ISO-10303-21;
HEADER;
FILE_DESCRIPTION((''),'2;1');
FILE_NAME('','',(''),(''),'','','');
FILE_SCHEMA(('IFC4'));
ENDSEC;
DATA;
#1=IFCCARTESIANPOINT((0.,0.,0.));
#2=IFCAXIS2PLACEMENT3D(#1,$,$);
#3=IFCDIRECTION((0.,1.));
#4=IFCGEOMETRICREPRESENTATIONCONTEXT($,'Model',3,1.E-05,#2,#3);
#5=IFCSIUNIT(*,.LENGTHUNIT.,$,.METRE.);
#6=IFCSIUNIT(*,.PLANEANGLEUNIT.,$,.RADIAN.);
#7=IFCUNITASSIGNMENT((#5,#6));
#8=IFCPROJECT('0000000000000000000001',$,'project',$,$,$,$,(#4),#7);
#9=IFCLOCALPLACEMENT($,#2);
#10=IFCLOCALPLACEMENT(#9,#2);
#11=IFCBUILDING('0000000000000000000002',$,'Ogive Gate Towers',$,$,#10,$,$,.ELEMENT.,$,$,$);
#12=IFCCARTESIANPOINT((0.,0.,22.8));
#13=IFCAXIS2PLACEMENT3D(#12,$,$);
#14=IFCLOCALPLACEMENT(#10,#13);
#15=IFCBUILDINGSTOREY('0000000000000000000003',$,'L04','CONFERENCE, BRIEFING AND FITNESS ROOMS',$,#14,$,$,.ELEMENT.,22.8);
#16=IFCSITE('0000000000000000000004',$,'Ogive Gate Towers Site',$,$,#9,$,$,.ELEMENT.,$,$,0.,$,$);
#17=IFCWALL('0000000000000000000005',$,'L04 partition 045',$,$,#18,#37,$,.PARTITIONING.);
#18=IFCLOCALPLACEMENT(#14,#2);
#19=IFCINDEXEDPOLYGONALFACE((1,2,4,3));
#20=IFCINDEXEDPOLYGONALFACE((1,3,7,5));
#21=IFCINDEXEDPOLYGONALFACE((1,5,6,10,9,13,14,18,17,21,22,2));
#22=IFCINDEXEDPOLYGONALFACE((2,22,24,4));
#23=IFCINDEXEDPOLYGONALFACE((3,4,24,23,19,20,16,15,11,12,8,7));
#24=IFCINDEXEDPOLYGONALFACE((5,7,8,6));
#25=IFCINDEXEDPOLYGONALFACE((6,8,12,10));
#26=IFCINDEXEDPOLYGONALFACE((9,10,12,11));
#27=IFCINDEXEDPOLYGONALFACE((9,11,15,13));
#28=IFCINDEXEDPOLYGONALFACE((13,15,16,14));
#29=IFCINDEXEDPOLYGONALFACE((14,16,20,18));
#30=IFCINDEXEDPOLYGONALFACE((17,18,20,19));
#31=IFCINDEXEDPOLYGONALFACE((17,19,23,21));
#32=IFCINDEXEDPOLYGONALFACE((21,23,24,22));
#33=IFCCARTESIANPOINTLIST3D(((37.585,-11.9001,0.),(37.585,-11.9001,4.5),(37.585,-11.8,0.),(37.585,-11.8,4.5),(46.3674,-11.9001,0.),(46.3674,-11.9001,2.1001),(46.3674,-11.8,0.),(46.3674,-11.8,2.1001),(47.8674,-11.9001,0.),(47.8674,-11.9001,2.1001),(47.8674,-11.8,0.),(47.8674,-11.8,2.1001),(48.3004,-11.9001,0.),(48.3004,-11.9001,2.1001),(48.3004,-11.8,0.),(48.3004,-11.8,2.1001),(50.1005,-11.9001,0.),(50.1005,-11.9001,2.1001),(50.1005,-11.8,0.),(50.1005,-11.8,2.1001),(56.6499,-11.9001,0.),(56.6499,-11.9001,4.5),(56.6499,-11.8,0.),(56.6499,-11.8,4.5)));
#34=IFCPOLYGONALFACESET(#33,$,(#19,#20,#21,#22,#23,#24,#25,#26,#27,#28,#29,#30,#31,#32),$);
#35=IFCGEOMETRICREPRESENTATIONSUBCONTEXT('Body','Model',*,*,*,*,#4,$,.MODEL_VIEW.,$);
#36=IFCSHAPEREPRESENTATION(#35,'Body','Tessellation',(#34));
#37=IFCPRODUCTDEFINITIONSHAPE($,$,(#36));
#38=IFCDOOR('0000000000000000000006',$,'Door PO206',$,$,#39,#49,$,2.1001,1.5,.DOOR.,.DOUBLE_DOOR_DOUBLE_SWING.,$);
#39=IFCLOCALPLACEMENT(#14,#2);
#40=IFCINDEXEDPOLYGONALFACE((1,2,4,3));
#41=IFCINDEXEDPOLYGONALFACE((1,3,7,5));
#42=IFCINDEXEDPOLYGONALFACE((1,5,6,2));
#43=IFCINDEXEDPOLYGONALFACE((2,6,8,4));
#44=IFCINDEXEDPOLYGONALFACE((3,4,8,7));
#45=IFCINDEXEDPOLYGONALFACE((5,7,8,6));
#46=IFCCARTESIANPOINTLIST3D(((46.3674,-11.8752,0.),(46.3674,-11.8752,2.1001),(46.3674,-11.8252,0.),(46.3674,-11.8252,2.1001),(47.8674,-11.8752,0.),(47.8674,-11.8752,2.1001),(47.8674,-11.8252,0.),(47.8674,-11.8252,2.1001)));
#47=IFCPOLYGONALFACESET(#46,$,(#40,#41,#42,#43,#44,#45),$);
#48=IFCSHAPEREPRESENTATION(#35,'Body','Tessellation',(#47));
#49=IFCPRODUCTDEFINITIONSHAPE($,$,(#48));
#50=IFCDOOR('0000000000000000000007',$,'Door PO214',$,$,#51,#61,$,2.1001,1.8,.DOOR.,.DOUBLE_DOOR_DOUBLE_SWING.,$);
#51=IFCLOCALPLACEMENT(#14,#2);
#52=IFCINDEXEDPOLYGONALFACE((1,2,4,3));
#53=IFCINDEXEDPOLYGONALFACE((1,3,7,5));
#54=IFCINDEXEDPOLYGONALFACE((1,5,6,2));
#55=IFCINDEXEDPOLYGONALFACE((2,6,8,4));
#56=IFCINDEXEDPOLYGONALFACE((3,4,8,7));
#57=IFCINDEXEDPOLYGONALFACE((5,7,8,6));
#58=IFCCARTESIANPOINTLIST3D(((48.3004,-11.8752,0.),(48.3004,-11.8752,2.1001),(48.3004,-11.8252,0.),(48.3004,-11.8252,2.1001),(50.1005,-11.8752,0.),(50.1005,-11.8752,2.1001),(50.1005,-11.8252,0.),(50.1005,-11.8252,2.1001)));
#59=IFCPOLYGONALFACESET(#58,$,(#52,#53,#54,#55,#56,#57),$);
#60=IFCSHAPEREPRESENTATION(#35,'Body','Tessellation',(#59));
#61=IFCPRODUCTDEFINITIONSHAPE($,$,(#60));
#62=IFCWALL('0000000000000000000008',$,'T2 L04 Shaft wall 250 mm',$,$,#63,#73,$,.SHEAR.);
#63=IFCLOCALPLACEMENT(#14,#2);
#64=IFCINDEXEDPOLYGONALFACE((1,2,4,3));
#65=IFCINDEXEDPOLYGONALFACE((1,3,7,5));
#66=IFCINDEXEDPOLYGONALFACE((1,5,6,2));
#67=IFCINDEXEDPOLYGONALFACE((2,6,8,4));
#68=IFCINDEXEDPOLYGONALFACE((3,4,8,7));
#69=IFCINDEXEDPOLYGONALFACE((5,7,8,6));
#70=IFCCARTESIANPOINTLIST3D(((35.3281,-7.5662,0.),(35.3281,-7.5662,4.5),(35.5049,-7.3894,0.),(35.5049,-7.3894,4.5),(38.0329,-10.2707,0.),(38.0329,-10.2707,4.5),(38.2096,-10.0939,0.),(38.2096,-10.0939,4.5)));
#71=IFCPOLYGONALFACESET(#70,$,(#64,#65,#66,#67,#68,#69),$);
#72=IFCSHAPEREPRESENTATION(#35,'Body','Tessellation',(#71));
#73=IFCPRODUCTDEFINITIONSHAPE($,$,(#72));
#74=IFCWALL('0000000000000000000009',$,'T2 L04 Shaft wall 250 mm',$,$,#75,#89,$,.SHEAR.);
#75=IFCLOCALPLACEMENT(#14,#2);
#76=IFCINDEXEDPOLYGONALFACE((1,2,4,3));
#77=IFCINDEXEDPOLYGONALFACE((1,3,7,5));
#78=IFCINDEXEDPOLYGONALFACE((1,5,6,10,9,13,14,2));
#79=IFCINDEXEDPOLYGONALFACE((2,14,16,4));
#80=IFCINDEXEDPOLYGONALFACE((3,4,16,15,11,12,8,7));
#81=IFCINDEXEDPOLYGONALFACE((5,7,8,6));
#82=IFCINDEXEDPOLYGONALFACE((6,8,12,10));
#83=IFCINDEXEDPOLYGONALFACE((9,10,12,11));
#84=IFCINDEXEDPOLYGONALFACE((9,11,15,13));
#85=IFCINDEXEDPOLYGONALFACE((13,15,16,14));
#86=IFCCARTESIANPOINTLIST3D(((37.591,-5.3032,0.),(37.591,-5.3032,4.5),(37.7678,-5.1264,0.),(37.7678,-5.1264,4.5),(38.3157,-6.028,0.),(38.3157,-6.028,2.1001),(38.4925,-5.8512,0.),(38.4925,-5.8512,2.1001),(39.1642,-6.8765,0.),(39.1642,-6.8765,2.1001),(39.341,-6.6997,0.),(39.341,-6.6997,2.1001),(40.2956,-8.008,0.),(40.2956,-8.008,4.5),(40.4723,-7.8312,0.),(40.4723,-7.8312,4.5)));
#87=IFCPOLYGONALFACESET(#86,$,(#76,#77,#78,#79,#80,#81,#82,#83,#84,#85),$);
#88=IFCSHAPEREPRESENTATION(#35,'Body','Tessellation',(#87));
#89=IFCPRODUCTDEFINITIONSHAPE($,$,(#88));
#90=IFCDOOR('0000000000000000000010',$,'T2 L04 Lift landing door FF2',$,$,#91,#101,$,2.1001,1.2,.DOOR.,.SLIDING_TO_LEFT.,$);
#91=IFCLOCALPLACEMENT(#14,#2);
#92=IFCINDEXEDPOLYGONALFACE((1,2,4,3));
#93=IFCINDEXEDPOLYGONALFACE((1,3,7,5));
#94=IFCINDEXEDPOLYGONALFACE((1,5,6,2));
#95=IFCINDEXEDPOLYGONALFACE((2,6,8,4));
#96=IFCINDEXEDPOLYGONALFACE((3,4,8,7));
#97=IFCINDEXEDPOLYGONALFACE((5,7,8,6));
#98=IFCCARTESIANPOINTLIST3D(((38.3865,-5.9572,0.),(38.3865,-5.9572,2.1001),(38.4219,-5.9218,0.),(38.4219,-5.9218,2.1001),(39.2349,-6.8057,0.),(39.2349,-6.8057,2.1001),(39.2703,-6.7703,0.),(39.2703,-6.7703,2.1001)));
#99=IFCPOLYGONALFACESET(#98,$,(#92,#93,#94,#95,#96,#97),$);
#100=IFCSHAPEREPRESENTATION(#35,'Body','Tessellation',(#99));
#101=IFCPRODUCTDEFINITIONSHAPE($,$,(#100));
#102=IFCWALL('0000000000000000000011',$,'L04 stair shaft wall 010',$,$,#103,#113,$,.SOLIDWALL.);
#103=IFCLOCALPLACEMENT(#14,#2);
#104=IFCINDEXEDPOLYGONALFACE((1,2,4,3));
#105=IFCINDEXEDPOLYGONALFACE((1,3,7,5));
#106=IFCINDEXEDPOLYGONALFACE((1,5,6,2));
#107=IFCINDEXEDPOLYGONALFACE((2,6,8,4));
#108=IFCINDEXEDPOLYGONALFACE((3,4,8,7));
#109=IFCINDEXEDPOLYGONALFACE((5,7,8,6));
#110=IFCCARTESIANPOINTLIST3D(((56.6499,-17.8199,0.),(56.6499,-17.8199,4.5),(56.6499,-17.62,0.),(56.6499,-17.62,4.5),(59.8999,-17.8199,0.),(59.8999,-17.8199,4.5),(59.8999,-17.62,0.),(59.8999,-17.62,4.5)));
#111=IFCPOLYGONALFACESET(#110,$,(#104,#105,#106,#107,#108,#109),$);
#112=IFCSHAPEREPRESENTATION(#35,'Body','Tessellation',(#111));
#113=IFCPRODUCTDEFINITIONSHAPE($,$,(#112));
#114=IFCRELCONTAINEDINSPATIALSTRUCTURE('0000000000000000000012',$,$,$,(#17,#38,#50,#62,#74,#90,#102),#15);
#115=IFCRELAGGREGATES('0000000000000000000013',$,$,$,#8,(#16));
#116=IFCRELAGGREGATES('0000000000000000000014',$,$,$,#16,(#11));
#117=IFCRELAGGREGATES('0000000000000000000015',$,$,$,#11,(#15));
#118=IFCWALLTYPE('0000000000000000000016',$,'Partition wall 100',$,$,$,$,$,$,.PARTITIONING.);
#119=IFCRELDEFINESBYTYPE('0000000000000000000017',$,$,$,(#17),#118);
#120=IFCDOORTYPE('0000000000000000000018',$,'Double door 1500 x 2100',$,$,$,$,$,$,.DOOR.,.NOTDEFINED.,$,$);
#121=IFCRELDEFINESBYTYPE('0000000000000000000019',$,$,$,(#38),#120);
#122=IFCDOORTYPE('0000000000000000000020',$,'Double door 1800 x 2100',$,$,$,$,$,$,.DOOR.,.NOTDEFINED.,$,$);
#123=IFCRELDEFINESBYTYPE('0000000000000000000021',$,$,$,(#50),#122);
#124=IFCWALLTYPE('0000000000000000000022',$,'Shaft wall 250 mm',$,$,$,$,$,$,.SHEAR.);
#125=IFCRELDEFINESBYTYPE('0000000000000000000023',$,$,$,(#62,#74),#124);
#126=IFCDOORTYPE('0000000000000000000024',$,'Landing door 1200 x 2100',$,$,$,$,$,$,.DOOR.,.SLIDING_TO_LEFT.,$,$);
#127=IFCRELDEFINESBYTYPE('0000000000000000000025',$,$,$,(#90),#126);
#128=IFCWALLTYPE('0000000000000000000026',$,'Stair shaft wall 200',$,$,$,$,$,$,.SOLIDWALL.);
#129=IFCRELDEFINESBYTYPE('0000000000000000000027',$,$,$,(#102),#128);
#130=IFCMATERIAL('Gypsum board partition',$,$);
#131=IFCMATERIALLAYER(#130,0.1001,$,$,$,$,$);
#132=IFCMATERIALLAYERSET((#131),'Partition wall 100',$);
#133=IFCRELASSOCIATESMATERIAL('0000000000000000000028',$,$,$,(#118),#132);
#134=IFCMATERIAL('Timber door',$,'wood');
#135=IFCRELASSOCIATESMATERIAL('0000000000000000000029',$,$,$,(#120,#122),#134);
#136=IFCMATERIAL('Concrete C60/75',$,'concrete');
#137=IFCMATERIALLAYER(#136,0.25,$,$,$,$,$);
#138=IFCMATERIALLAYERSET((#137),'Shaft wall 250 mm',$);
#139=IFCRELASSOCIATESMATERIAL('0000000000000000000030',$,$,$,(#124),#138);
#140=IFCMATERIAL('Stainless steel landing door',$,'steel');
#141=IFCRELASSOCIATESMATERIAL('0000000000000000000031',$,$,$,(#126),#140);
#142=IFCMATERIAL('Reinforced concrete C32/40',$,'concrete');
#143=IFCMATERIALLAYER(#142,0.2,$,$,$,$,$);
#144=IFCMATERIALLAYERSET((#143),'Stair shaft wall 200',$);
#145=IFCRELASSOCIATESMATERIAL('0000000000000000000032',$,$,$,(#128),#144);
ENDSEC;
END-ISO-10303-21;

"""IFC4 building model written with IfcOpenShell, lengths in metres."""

from ifc_helpers import new_model, si_unit, direction, frame, frame_2d, origin, place, context, subcontext, project, spatial, rectangle, extrude, material, layer, layer_set, type_object, element, fill, save


model = new_model("IFC4")

# Units and contexts
model_context = context("Model", 3, precision=1e-05, world=origin(), true_north=direction((0.0, 1.0)))
body_context = subcontext(model_context, "Body", "Model", "MODEL_VIEW")
ifc_project = project(units=[si_unit("LENGTHUNIT", "METRE"), si_unit("PLANEANGLEUNIT", "RADIAN")], contexts=[model_context])

# Site, building, storey
site_placement = place(None, origin())
site = spatial("IfcSite", under=ifc_project, at=site_placement, Name="Ogive Gate Towers Site", CompositionType="ELEMENT", RefElevation=0.0)
building_placement = place(site_placement, origin())
building = spatial("IfcBuilding", under=site, at=building_placement, Name="Ogive Gate Towers", CompositionType="ELEMENT")
storey_placement = place(building_placement, frame((0.0, 0.0, 22.8)))
storey = spatial("IfcBuildingStorey", under=building, at=storey_placement, Name="L04", Description="CONFERENCE, BRIEFING AND FITNESS ROOMS", CompositionType="ELEMENT", Elevation=22.8)

# Shared definitions
ifc_material_1 = material(Name="Gypsum board partition")
ifc_layer_1 = layer(ifc_material_1, 0.1001)
ifc_layer_set_1 = layer_set([ifc_layer_1], Name="Partition wall 100")
wall_type_1 = type_object("IfcWallType", Name="Partition wall 100", PredefinedType="PARTITIONING", material=ifc_layer_set_1)
ifc_material_2 = material(Name="Timber door", Category="wood")

# Wall, openings, doors
wall_1_placement = place(storey_placement, frame((37.585, -11.8501, 0.0), z_axis=(0.0, 0.0, 1.0), x_axis=(1.0, 0.0, 0.0)))
wall_1 = element("IfcWall", 1, at=wall_1_placement, inside=storey, type_object=wall_type_1, Name="L04 partition 045", PredefinedType="PARTITIONING", context=body_context, shape_type="SweptSolid", body=[
    extrude(rectangle(XDim=19.0649, YDim=0.1001, at=frame_2d((9.5325, 0.0))), origin(), (0.0, 0.0, 1.0), 4.5),
])
opening_1_placement = place(wall_1_placement, frame((8.7825, 0.0, 0.0)))
opening_1 = element("IfcOpeningElement", 2, at=opening_1_placement, cuts=wall_1, PredefinedType="OPENING", context=body_context, shape_type="SweptSolid", body=[
    extrude(rectangle(XDim=1.5, YDim=2.1001, at=frame_2d((0.75, 1.05))), frame((0.0, 0.0601, 0.0), z_axis=(0.0, -1.0, 0.0), x_axis=(1.0, 0.0, 0.0)), (0.0, 0.0, 1.0), 0.1201),
])
opening_2_placement = place(wall_1_placement, frame((10.7156, 0.0, 0.0)))
opening_2 = element("IfcOpeningElement", 3, at=opening_2_placement, cuts=wall_1, PredefinedType="OPENING", context=body_context, shape_type="SweptSolid", body=[
    extrude(rectangle(XDim=1.8, YDim=2.1001, at=frame_2d((0.8999, 1.05))), frame((0.0, 0.0601, 0.0), z_axis=(0.0, -1.0, 0.0), x_axis=(1.0, 0.0, 0.0)), (0.0, 0.0, 1.0), 0.1201),
])
door_type_1 = type_object("IfcDoorType", Name="Double door 1500 x 2100", OperationType="NOTDEFINED", PredefinedType="DOOR", material=ifc_material_2)
door_1_placement = place(opening_1_placement, origin())
door_1 = element("IfcDoor", 4, at=door_1_placement, inside=storey, type_object=door_type_1, Name="Door PO206", OperationType="DOUBLE_DOOR_DOUBLE_SWING", OverallHeight=2.1001, OverallWidth=1.5, PredefinedType="DOOR", context=body_context, shape_type="SweptSolid", body=[
    extrude(rectangle(XDim=1.5, YDim=2.1001, at=frame_2d((0.75, 1.05))), frame((0.0, 0.0249, 0.0), z_axis=(0.0, -1.0, 0.0), x_axis=(1.0, 0.0, 0.0)), (0.0, 0.0, 1.0), 0.05),
])
fill(opening_1, door_1)
door_type_2 = type_object("IfcDoorType", Name="Double door 1800 x 2100", OperationType="NOTDEFINED", PredefinedType="DOOR", material=ifc_material_2)
door_2_placement = place(opening_2_placement, origin())
door_2 = element("IfcDoor", 5, at=door_2_placement, inside=storey, type_object=door_type_2, Name="Door PO214", OperationType="DOUBLE_DOOR_DOUBLE_SWING", OverallHeight=2.1001, OverallWidth=1.8, PredefinedType="DOOR", context=body_context, shape_type="SweptSolid", body=[
    extrude(rectangle(XDim=1.8, YDim=2.1001, at=frame_2d((0.8999, 1.05))), frame((0.0, 0.0249, 0.0), z_axis=(0.0, -1.0, 0.0), x_axis=(1.0, 0.0, 0.0)), (0.0, 0.0, 1.0), 0.05),
])
fill(opening_2, door_2)

# Wall
ifc_material_3 = material(Name="Concrete C60/75", Category="concrete")
ifc_layer_2 = layer(ifc_material_3, 0.25)
ifc_layer_set_2 = layer_set([ifc_layer_2], Name="Shaft wall 250 mm")
wall_type_2 = type_object("IfcWallType", Name="Shaft wall 250 mm", PredefinedType="SHEAR", material=ifc_layer_set_2)
wall_2_placement = place(storey_placement, frame((38.1213, -10.1824, 0.0), z_axis=(0.0, 0.0, 1.0), x_axis=(-0.707139, 0.707075, 0.0)))
element("IfcWall", 6, at=wall_2_placement, inside=storey, type_object=wall_type_2, Name="T2 L04 Shaft wall 250 mm", PredefinedType="SHEAR", context=body_context, shape_type="SweptSolid", body=[
    extrude(rectangle(XDim=3.825, YDim=0.25, at=frame_2d((1.9126, 0.0))), origin(), (0.0, 0.0, 1.0), 4.5),
])

# Wall, opening, door
wall_3_placement = place(storey_placement, frame((40.384, -7.9197, 0.0), z_axis=(0.0, 0.0, 1.0), x_axis=(-0.707075, 0.707139, 0.0)))
wall_3 = element("IfcWall", 7, at=wall_3_placement, inside=storey, type_object=wall_type_2, Name="T2 L04 Shaft wall 250 mm", PredefinedType="SHEAR", context=body_context, shape_type="SweptSolid", body=[
    extrude(rectangle(XDim=3.825, YDim=0.25, at=frame_2d((1.9126, 0.0))), origin(), (0.0, 0.0, 1.0), 4.5),
])
opening_3_placement = place(wall_3_placement, frame((1.6001, 0.0, 0.0)))
opening_3 = element("IfcOpeningElement", 8, at=opening_3_placement, cuts=wall_3, PredefinedType="OPENING", context=body_context, shape_type="SweptSolid", body=[
    extrude(rectangle(XDim=1.2, YDim=2.1001, at=frame_2d((0.6001, 1.05))), frame((0.0, 0.135, 0.0), z_axis=(0.0, -1.0, 0.0), x_axis=(1.0, 0.0, 0.0)), (0.0, 0.0, 1.0), 0.27),
])
ifc_material_4 = material(Name="Stainless steel landing door", Category="steel")
door_type_3 = type_object("IfcDoorType", Name="Landing door 1200 x 2100", OperationType="SLIDING_TO_LEFT", PredefinedType="DOOR", material=ifc_material_4)
door_3_placement = place(opening_3_placement, origin())
door_3 = element("IfcDoor", 9, at=door_3_placement, inside=storey, type_object=door_type_3, Name="T2 L04 Lift landing door FF2", OperationType="SLIDING_TO_LEFT", OverallHeight=2.1001, OverallWidth=1.2, PredefinedType="DOOR", context=body_context, shape_type="SweptSolid", body=[
    extrude(rectangle(XDim=1.2, YDim=2.1001, at=frame_2d((0.6001, 1.05))), frame((0.0, 0.0249, 0.0), z_axis=(0.0, -1.0, 0.0), x_axis=(1.0, 0.0, 0.0)), (0.0, 0.0, 1.0), 0.05),
])
fill(opening_3, door_3)

# Wall
ifc_material_5 = material(Name="Reinforced concrete C32/40", Category="concrete")
ifc_layer_3 = layer(ifc_material_5, 0.2)
ifc_layer_set_3 = layer_set([ifc_layer_3], Name="Stair shaft wall 200")
wall_type_3 = type_object("IfcWallType", Name="Stair shaft wall 200", PredefinedType="SOLIDWALL", material=ifc_layer_set_3)
wall_4_placement = place(storey_placement, frame((56.6499, -17.72, 0.0), z_axis=(0.0, 0.0, 1.0), x_axis=(1.0, 0.0, 0.0)))
element("IfcWall", 10, at=wall_4_placement, inside=storey, type_object=wall_type_3, Name="L04 stair shaft wall 010", PredefinedType="SOLIDWALL", context=body_context, shape_type="SweptSolid", body=[
    extrude(rectangle(XDim=3.25, YDim=0.2, at=frame_2d((1.625, 0.0))), origin(), (0.0, 0.0, 1.0), 4.5),
])

save(model, "model.ifc")
